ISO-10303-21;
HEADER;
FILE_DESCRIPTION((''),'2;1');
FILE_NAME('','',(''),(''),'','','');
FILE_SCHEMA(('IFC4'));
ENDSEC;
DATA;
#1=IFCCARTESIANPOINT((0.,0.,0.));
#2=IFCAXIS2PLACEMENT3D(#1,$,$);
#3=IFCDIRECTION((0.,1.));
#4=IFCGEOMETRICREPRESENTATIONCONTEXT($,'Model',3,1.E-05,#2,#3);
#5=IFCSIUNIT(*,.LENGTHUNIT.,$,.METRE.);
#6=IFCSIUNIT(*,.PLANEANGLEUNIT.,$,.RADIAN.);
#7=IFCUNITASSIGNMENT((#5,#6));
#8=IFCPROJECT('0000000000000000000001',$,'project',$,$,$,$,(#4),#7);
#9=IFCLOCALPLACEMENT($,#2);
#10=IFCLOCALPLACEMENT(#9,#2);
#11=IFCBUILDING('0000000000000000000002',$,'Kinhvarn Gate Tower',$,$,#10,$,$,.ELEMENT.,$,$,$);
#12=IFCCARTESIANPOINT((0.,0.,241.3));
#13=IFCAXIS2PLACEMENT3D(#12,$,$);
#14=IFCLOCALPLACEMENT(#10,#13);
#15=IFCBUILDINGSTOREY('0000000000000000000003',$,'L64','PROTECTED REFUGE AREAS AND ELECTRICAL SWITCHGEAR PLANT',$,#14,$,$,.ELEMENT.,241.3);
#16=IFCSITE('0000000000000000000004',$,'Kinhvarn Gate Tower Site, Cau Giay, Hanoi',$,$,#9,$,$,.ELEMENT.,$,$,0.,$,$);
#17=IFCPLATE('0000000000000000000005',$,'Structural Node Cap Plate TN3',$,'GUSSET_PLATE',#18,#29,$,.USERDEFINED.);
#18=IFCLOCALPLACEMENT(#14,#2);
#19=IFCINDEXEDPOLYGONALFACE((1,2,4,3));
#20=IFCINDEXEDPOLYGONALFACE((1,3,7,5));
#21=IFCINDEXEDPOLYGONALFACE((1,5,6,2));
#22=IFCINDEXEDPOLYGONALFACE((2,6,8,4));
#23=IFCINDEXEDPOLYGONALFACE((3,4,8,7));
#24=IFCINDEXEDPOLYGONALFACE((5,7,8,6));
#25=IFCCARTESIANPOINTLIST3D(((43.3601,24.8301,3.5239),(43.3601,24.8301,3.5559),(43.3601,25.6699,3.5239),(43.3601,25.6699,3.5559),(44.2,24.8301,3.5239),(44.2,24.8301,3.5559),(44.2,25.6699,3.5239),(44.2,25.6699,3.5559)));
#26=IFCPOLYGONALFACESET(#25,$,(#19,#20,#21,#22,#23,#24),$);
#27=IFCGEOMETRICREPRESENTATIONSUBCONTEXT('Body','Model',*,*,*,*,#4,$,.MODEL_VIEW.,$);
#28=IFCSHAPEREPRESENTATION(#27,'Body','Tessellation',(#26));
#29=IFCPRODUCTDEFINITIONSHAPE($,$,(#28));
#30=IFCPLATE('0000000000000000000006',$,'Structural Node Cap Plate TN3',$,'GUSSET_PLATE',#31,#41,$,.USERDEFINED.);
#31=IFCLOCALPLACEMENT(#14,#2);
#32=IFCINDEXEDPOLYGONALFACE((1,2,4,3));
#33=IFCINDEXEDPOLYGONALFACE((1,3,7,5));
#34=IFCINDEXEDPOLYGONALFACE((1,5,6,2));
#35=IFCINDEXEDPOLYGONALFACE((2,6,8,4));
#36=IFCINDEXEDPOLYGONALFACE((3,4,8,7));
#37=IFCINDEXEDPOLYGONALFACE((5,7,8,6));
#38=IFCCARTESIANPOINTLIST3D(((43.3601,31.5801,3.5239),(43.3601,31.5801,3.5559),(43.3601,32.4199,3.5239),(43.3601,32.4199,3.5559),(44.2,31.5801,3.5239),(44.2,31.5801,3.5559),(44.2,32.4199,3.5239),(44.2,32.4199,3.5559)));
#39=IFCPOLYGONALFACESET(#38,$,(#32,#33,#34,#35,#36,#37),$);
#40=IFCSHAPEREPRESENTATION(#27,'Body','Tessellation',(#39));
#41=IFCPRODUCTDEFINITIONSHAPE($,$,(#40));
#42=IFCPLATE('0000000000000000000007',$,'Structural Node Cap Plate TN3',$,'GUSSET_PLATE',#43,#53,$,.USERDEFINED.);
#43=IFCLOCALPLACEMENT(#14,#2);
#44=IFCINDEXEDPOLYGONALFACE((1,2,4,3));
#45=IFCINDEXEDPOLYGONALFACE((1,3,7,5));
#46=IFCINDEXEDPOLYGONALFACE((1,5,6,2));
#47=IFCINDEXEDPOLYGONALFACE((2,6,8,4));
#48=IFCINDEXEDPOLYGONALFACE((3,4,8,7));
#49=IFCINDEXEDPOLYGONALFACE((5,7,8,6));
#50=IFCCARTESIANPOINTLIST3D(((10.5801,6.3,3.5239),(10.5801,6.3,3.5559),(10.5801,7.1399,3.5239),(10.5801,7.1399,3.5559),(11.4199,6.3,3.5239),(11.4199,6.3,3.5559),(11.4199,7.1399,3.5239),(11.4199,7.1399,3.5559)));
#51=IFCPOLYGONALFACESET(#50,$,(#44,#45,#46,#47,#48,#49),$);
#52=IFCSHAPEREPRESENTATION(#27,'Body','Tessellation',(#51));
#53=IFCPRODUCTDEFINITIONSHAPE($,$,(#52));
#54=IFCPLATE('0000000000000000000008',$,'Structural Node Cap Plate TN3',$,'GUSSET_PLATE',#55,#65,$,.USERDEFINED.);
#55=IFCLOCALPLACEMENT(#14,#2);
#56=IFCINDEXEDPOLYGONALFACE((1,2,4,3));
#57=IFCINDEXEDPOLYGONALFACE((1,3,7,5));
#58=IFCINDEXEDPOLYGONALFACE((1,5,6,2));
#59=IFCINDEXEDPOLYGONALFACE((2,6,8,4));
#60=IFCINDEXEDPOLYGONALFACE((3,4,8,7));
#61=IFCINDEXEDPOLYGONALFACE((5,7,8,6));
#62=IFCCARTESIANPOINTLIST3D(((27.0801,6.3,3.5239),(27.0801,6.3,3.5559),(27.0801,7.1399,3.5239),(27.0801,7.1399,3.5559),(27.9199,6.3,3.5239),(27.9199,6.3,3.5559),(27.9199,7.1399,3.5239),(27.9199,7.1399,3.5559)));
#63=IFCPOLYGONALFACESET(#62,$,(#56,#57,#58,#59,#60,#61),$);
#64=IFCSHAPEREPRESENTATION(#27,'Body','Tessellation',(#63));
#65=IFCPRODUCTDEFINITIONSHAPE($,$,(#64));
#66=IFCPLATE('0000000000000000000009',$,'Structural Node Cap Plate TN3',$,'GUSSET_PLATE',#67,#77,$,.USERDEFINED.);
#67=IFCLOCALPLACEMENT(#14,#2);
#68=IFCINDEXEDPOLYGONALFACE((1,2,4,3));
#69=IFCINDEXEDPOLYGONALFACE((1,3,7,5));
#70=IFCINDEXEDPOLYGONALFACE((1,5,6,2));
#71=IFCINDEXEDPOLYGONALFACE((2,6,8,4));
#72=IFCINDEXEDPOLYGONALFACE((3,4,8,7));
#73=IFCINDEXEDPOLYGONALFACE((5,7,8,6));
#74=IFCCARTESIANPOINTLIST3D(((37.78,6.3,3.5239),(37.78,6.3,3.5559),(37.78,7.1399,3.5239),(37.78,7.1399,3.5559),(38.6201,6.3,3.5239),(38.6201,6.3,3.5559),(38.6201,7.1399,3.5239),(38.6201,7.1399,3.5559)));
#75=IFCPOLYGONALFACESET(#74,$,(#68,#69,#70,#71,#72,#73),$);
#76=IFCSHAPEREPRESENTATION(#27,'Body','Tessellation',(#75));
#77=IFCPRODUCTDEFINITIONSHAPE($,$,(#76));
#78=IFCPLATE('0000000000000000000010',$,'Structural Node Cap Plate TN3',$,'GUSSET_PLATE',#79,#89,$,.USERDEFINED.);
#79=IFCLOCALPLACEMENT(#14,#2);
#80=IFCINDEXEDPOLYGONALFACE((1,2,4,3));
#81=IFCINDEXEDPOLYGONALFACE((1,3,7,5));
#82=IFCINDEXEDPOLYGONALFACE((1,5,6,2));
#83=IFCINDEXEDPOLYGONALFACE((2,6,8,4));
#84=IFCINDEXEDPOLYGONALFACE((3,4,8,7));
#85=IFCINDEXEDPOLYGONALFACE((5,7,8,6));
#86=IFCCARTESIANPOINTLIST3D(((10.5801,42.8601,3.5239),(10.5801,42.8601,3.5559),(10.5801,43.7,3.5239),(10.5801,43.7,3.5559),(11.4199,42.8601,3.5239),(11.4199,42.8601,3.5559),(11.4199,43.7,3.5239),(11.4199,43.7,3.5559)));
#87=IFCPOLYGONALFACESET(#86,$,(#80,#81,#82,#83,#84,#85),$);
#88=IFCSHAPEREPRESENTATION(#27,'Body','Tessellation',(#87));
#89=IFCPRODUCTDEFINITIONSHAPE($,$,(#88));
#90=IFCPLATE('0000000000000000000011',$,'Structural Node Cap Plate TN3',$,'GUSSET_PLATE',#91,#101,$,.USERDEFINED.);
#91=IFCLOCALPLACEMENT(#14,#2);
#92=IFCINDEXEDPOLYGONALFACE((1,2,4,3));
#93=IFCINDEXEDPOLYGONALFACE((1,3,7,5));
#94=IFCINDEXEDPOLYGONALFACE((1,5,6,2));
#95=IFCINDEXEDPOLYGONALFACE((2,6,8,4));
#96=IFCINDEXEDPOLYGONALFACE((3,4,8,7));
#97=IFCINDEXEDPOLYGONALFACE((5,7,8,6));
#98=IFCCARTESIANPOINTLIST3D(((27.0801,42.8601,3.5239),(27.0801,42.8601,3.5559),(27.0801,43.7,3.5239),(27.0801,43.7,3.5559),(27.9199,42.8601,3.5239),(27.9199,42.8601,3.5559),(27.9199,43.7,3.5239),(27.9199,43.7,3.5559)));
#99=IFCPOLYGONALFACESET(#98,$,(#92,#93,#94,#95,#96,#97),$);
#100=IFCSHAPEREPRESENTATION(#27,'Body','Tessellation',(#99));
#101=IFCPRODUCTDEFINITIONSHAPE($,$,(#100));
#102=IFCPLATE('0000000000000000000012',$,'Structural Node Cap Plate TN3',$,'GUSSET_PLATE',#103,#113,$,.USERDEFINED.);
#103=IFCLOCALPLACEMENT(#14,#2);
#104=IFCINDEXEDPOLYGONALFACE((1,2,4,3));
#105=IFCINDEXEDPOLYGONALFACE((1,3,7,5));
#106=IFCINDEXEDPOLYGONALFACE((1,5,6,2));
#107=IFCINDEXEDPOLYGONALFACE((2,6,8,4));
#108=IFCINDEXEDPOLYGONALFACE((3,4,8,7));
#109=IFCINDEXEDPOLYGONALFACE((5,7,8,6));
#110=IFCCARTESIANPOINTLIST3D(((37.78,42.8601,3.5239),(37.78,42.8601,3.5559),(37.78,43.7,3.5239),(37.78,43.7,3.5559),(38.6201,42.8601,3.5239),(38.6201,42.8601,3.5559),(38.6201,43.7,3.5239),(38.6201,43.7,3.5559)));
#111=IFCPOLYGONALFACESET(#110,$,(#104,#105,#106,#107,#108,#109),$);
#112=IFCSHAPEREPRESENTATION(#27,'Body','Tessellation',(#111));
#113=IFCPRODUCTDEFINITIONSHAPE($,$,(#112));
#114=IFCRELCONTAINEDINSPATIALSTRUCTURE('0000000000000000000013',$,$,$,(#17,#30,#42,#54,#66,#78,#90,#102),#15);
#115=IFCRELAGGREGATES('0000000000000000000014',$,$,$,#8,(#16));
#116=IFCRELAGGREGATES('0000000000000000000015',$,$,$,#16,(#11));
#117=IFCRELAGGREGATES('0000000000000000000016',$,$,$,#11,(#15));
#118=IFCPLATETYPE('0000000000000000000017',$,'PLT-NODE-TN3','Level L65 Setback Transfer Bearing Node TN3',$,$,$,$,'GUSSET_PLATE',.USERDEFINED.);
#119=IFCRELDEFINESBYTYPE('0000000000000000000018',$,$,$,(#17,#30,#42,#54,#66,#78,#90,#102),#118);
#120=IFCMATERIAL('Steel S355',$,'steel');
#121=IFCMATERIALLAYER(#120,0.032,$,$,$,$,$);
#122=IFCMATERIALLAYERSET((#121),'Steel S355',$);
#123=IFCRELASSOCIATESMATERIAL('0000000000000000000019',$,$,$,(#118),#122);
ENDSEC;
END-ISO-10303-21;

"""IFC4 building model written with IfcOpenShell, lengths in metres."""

from ifc_helpers import new_model, si_unit, direction, frame, origin, place, context, subcontext, project, spatial, polyline, outline, extrude, material, layer, layer_set, type_object, element, save


model = new_model("IFC4")

# Units and contexts
model_context = context("Model", 3, precision=1e-05, world=origin(), true_north=direction((0.0, 1.0)))
body_context = subcontext(model_context, "Body", "Model", "MODEL_VIEW")
ifc_project = project(units=[si_unit("LENGTHUNIT", "METRE"), si_unit("PLANEANGLEUNIT", "RADIAN")], contexts=[model_context])

# Site, building, storey
site_placement = place(None, origin())
site = spatial("IfcSite", under=ifc_project, at=site_placement, Name="Kinhvarn Gate Tower Site, Cau Giay, Hanoi", CompositionType="ELEMENT", RefElevation=0.0)
building_placement = place(site_placement, origin())
building = spatial("IfcBuilding", under=site, at=building_placement, Name="Kinhvarn Gate Tower", CompositionType="ELEMENT")
storey_placement = place(building_placement, frame((0.0, 0.0, 241.3)))
storey = spatial("IfcBuildingStorey", under=building, at=storey_placement, Name="L64", Description="PROTECTED REFUGE AREAS AND ELECTRICAL SWITCHGEAR PLANT", CompositionType="ELEMENT", Elevation=241.3)

# Plates
ifc_material = material(Name="Steel S355", Category="steel")
ifc_layer_1 = layer(ifc_material, 0.032)
ifc_layer_set_1 = layer_set([ifc_layer_1], Name="Steel S355")
plate_type_1 = type_object("IfcPlateType", Name="PLT-NODE-TN3", Description="Level L65 Setback Transfer Bearing Node TN3", ElementType="GUSSET_PLATE", PredefinedType="USERDEFINED", material=ifc_layer_set_1)
plate_1_placement = place(storey_placement, frame((0.0, 0.0, 3.5239)))
element("IfcPlate", 1, at=plate_1_placement, inside=storey, type_object=plate_type_1, Name="Structural Node Cap Plate TN3", ObjectType="GUSSET_PLATE", PredefinedType="USERDEFINED", context=body_context, shape_type="SweptSolid", body=[
    extrude(outline(polyline([(43.3601, 24.8301), (44.2, 24.8301), (44.2, 25.6699), (43.3601, 25.6699), (43.3601, 24.8301)])), origin(), (0.0, 0.0, 1.0), 0.032),
])
plate_2_placement = place(storey_placement, frame((0.0, 0.0, 3.5239)))
element("IfcPlate", 2, at=plate_2_placement, inside=storey, type_object=plate_type_1, Name="Structural Node Cap Plate TN3", ObjectType="GUSSET_PLATE", PredefinedType="USERDEFINED", context=body_context, shape_type="SweptSolid", body=[
    extrude(outline(polyline([(43.3601, 31.5801), (44.2, 31.5801), (44.2, 32.4199), (43.3601, 32.4199), (43.3601, 31.5801)])), origin(), (0.0, 0.0, 1.0), 0.032),
])
plate_3_placement = place(storey_placement, frame((0.0, 0.0, 3.5239)))
element("IfcPlate", 3, at=plate_3_placement, inside=storey, type_object=plate_type_1, Name="Structural Node Cap Plate TN3", ObjectType="GUSSET_PLATE", PredefinedType="USERDEFINED", context=body_context, shape_type="SweptSolid", body=[
    extrude(outline(polyline([(10.5801, 6.3), (11.4199, 6.3), (11.4199, 7.1399), (10.5801, 7.1399), (10.5801, 6.3)])), origin(), (0.0, 0.0, 1.0), 0.032),
])
plate_4_placement = place(storey_placement, frame((0.0, 0.0, 3.5239)))
element("IfcPlate", 4, at=plate_4_placement, inside=storey, type_object=plate_type_1, Name="Structural Node Cap Plate TN3", ObjectType="GUSSET_PLATE", PredefinedType="USERDEFINED", context=body_context, shape_type="SweptSolid", body=[
    extrude(outline(polyline([(27.0801, 6.3), (27.9199, 6.3), (27.9199, 7.1399), (27.0801, 7.1399), (27.0801, 6.3)])), origin(), (0.0, 0.0, 1.0), 0.032),
])
plate_5_placement = place(storey_placement, frame((0.0, 0.0, 3.5239)))
element("IfcPlate", 5, at=plate_5_placement, inside=storey, type_object=plate_type_1, Name="Structural Node Cap Plate TN3", ObjectType="GUSSET_PLATE", PredefinedType="USERDEFINED", context=body_context, shape_type="SweptSolid", body=[
    extrude(outline(polyline([(37.78, 6.3), (38.6201, 6.3), (38.6201, 7.1399), (37.78, 7.1399), (37.78, 6.3)])), origin(), (0.0, 0.0, 1.0), 0.032),
])
plate_6_placement = place(storey_placement, frame((0.0, 0.0, 3.5239)))
element("IfcPlate", 6, at=plate_6_placement, inside=storey, type_object=plate_type_1, Name="Structural Node Cap Plate TN3", ObjectType="GUSSET_PLATE", PredefinedType="USERDEFINED", context=body_context, shape_type="SweptSolid", body=[
    extrude(outline(polyline([(10.5801, 42.8601), (11.4199, 42.8601), (11.4199, 43.7), (10.5801, 43.7), (10.5801, 42.8601)])), origin(), (0.0, 0.0, 1.0), 0.032),
])
plate_7_placement = place(storey_placement, frame((0.0, 0.0, 3.5239)))
element("IfcPlate", 7, at=plate_7_placement, inside=storey, type_object=plate_type_1, Name="Structural Node Cap Plate TN3", ObjectType="GUSSET_PLATE", PredefinedType="USERDEFINED", context=body_context, shape_type="SweptSolid", body=[
    extrude(outline(polyline([(27.0801, 42.8601), (27.9199, 42.8601), (27.9199, 43.7), (27.0801, 43.7), (27.0801, 42.8601)])), origin(), (0.0, 0.0, 1.0), 0.032),
])
plate_8_placement = place(storey_placement, frame((0.0, 0.0, 3.5239)))
element("IfcPlate", 8, at=plate_8_placement, inside=storey, type_object=plate_type_1, Name="Structural Node Cap Plate TN3", ObjectType="GUSSET_PLATE", PredefinedType="USERDEFINED", context=body_context, shape_type="SweptSolid", body=[
    extrude(outline(polyline([(37.78, 42.8601), (38.6201, 42.8601), (38.6201, 43.7), (37.78, 43.7), (37.78, 42.8601)])), origin(), (0.0, 0.0, 1.0), 0.032),
])

save(model, "model.ifc")
